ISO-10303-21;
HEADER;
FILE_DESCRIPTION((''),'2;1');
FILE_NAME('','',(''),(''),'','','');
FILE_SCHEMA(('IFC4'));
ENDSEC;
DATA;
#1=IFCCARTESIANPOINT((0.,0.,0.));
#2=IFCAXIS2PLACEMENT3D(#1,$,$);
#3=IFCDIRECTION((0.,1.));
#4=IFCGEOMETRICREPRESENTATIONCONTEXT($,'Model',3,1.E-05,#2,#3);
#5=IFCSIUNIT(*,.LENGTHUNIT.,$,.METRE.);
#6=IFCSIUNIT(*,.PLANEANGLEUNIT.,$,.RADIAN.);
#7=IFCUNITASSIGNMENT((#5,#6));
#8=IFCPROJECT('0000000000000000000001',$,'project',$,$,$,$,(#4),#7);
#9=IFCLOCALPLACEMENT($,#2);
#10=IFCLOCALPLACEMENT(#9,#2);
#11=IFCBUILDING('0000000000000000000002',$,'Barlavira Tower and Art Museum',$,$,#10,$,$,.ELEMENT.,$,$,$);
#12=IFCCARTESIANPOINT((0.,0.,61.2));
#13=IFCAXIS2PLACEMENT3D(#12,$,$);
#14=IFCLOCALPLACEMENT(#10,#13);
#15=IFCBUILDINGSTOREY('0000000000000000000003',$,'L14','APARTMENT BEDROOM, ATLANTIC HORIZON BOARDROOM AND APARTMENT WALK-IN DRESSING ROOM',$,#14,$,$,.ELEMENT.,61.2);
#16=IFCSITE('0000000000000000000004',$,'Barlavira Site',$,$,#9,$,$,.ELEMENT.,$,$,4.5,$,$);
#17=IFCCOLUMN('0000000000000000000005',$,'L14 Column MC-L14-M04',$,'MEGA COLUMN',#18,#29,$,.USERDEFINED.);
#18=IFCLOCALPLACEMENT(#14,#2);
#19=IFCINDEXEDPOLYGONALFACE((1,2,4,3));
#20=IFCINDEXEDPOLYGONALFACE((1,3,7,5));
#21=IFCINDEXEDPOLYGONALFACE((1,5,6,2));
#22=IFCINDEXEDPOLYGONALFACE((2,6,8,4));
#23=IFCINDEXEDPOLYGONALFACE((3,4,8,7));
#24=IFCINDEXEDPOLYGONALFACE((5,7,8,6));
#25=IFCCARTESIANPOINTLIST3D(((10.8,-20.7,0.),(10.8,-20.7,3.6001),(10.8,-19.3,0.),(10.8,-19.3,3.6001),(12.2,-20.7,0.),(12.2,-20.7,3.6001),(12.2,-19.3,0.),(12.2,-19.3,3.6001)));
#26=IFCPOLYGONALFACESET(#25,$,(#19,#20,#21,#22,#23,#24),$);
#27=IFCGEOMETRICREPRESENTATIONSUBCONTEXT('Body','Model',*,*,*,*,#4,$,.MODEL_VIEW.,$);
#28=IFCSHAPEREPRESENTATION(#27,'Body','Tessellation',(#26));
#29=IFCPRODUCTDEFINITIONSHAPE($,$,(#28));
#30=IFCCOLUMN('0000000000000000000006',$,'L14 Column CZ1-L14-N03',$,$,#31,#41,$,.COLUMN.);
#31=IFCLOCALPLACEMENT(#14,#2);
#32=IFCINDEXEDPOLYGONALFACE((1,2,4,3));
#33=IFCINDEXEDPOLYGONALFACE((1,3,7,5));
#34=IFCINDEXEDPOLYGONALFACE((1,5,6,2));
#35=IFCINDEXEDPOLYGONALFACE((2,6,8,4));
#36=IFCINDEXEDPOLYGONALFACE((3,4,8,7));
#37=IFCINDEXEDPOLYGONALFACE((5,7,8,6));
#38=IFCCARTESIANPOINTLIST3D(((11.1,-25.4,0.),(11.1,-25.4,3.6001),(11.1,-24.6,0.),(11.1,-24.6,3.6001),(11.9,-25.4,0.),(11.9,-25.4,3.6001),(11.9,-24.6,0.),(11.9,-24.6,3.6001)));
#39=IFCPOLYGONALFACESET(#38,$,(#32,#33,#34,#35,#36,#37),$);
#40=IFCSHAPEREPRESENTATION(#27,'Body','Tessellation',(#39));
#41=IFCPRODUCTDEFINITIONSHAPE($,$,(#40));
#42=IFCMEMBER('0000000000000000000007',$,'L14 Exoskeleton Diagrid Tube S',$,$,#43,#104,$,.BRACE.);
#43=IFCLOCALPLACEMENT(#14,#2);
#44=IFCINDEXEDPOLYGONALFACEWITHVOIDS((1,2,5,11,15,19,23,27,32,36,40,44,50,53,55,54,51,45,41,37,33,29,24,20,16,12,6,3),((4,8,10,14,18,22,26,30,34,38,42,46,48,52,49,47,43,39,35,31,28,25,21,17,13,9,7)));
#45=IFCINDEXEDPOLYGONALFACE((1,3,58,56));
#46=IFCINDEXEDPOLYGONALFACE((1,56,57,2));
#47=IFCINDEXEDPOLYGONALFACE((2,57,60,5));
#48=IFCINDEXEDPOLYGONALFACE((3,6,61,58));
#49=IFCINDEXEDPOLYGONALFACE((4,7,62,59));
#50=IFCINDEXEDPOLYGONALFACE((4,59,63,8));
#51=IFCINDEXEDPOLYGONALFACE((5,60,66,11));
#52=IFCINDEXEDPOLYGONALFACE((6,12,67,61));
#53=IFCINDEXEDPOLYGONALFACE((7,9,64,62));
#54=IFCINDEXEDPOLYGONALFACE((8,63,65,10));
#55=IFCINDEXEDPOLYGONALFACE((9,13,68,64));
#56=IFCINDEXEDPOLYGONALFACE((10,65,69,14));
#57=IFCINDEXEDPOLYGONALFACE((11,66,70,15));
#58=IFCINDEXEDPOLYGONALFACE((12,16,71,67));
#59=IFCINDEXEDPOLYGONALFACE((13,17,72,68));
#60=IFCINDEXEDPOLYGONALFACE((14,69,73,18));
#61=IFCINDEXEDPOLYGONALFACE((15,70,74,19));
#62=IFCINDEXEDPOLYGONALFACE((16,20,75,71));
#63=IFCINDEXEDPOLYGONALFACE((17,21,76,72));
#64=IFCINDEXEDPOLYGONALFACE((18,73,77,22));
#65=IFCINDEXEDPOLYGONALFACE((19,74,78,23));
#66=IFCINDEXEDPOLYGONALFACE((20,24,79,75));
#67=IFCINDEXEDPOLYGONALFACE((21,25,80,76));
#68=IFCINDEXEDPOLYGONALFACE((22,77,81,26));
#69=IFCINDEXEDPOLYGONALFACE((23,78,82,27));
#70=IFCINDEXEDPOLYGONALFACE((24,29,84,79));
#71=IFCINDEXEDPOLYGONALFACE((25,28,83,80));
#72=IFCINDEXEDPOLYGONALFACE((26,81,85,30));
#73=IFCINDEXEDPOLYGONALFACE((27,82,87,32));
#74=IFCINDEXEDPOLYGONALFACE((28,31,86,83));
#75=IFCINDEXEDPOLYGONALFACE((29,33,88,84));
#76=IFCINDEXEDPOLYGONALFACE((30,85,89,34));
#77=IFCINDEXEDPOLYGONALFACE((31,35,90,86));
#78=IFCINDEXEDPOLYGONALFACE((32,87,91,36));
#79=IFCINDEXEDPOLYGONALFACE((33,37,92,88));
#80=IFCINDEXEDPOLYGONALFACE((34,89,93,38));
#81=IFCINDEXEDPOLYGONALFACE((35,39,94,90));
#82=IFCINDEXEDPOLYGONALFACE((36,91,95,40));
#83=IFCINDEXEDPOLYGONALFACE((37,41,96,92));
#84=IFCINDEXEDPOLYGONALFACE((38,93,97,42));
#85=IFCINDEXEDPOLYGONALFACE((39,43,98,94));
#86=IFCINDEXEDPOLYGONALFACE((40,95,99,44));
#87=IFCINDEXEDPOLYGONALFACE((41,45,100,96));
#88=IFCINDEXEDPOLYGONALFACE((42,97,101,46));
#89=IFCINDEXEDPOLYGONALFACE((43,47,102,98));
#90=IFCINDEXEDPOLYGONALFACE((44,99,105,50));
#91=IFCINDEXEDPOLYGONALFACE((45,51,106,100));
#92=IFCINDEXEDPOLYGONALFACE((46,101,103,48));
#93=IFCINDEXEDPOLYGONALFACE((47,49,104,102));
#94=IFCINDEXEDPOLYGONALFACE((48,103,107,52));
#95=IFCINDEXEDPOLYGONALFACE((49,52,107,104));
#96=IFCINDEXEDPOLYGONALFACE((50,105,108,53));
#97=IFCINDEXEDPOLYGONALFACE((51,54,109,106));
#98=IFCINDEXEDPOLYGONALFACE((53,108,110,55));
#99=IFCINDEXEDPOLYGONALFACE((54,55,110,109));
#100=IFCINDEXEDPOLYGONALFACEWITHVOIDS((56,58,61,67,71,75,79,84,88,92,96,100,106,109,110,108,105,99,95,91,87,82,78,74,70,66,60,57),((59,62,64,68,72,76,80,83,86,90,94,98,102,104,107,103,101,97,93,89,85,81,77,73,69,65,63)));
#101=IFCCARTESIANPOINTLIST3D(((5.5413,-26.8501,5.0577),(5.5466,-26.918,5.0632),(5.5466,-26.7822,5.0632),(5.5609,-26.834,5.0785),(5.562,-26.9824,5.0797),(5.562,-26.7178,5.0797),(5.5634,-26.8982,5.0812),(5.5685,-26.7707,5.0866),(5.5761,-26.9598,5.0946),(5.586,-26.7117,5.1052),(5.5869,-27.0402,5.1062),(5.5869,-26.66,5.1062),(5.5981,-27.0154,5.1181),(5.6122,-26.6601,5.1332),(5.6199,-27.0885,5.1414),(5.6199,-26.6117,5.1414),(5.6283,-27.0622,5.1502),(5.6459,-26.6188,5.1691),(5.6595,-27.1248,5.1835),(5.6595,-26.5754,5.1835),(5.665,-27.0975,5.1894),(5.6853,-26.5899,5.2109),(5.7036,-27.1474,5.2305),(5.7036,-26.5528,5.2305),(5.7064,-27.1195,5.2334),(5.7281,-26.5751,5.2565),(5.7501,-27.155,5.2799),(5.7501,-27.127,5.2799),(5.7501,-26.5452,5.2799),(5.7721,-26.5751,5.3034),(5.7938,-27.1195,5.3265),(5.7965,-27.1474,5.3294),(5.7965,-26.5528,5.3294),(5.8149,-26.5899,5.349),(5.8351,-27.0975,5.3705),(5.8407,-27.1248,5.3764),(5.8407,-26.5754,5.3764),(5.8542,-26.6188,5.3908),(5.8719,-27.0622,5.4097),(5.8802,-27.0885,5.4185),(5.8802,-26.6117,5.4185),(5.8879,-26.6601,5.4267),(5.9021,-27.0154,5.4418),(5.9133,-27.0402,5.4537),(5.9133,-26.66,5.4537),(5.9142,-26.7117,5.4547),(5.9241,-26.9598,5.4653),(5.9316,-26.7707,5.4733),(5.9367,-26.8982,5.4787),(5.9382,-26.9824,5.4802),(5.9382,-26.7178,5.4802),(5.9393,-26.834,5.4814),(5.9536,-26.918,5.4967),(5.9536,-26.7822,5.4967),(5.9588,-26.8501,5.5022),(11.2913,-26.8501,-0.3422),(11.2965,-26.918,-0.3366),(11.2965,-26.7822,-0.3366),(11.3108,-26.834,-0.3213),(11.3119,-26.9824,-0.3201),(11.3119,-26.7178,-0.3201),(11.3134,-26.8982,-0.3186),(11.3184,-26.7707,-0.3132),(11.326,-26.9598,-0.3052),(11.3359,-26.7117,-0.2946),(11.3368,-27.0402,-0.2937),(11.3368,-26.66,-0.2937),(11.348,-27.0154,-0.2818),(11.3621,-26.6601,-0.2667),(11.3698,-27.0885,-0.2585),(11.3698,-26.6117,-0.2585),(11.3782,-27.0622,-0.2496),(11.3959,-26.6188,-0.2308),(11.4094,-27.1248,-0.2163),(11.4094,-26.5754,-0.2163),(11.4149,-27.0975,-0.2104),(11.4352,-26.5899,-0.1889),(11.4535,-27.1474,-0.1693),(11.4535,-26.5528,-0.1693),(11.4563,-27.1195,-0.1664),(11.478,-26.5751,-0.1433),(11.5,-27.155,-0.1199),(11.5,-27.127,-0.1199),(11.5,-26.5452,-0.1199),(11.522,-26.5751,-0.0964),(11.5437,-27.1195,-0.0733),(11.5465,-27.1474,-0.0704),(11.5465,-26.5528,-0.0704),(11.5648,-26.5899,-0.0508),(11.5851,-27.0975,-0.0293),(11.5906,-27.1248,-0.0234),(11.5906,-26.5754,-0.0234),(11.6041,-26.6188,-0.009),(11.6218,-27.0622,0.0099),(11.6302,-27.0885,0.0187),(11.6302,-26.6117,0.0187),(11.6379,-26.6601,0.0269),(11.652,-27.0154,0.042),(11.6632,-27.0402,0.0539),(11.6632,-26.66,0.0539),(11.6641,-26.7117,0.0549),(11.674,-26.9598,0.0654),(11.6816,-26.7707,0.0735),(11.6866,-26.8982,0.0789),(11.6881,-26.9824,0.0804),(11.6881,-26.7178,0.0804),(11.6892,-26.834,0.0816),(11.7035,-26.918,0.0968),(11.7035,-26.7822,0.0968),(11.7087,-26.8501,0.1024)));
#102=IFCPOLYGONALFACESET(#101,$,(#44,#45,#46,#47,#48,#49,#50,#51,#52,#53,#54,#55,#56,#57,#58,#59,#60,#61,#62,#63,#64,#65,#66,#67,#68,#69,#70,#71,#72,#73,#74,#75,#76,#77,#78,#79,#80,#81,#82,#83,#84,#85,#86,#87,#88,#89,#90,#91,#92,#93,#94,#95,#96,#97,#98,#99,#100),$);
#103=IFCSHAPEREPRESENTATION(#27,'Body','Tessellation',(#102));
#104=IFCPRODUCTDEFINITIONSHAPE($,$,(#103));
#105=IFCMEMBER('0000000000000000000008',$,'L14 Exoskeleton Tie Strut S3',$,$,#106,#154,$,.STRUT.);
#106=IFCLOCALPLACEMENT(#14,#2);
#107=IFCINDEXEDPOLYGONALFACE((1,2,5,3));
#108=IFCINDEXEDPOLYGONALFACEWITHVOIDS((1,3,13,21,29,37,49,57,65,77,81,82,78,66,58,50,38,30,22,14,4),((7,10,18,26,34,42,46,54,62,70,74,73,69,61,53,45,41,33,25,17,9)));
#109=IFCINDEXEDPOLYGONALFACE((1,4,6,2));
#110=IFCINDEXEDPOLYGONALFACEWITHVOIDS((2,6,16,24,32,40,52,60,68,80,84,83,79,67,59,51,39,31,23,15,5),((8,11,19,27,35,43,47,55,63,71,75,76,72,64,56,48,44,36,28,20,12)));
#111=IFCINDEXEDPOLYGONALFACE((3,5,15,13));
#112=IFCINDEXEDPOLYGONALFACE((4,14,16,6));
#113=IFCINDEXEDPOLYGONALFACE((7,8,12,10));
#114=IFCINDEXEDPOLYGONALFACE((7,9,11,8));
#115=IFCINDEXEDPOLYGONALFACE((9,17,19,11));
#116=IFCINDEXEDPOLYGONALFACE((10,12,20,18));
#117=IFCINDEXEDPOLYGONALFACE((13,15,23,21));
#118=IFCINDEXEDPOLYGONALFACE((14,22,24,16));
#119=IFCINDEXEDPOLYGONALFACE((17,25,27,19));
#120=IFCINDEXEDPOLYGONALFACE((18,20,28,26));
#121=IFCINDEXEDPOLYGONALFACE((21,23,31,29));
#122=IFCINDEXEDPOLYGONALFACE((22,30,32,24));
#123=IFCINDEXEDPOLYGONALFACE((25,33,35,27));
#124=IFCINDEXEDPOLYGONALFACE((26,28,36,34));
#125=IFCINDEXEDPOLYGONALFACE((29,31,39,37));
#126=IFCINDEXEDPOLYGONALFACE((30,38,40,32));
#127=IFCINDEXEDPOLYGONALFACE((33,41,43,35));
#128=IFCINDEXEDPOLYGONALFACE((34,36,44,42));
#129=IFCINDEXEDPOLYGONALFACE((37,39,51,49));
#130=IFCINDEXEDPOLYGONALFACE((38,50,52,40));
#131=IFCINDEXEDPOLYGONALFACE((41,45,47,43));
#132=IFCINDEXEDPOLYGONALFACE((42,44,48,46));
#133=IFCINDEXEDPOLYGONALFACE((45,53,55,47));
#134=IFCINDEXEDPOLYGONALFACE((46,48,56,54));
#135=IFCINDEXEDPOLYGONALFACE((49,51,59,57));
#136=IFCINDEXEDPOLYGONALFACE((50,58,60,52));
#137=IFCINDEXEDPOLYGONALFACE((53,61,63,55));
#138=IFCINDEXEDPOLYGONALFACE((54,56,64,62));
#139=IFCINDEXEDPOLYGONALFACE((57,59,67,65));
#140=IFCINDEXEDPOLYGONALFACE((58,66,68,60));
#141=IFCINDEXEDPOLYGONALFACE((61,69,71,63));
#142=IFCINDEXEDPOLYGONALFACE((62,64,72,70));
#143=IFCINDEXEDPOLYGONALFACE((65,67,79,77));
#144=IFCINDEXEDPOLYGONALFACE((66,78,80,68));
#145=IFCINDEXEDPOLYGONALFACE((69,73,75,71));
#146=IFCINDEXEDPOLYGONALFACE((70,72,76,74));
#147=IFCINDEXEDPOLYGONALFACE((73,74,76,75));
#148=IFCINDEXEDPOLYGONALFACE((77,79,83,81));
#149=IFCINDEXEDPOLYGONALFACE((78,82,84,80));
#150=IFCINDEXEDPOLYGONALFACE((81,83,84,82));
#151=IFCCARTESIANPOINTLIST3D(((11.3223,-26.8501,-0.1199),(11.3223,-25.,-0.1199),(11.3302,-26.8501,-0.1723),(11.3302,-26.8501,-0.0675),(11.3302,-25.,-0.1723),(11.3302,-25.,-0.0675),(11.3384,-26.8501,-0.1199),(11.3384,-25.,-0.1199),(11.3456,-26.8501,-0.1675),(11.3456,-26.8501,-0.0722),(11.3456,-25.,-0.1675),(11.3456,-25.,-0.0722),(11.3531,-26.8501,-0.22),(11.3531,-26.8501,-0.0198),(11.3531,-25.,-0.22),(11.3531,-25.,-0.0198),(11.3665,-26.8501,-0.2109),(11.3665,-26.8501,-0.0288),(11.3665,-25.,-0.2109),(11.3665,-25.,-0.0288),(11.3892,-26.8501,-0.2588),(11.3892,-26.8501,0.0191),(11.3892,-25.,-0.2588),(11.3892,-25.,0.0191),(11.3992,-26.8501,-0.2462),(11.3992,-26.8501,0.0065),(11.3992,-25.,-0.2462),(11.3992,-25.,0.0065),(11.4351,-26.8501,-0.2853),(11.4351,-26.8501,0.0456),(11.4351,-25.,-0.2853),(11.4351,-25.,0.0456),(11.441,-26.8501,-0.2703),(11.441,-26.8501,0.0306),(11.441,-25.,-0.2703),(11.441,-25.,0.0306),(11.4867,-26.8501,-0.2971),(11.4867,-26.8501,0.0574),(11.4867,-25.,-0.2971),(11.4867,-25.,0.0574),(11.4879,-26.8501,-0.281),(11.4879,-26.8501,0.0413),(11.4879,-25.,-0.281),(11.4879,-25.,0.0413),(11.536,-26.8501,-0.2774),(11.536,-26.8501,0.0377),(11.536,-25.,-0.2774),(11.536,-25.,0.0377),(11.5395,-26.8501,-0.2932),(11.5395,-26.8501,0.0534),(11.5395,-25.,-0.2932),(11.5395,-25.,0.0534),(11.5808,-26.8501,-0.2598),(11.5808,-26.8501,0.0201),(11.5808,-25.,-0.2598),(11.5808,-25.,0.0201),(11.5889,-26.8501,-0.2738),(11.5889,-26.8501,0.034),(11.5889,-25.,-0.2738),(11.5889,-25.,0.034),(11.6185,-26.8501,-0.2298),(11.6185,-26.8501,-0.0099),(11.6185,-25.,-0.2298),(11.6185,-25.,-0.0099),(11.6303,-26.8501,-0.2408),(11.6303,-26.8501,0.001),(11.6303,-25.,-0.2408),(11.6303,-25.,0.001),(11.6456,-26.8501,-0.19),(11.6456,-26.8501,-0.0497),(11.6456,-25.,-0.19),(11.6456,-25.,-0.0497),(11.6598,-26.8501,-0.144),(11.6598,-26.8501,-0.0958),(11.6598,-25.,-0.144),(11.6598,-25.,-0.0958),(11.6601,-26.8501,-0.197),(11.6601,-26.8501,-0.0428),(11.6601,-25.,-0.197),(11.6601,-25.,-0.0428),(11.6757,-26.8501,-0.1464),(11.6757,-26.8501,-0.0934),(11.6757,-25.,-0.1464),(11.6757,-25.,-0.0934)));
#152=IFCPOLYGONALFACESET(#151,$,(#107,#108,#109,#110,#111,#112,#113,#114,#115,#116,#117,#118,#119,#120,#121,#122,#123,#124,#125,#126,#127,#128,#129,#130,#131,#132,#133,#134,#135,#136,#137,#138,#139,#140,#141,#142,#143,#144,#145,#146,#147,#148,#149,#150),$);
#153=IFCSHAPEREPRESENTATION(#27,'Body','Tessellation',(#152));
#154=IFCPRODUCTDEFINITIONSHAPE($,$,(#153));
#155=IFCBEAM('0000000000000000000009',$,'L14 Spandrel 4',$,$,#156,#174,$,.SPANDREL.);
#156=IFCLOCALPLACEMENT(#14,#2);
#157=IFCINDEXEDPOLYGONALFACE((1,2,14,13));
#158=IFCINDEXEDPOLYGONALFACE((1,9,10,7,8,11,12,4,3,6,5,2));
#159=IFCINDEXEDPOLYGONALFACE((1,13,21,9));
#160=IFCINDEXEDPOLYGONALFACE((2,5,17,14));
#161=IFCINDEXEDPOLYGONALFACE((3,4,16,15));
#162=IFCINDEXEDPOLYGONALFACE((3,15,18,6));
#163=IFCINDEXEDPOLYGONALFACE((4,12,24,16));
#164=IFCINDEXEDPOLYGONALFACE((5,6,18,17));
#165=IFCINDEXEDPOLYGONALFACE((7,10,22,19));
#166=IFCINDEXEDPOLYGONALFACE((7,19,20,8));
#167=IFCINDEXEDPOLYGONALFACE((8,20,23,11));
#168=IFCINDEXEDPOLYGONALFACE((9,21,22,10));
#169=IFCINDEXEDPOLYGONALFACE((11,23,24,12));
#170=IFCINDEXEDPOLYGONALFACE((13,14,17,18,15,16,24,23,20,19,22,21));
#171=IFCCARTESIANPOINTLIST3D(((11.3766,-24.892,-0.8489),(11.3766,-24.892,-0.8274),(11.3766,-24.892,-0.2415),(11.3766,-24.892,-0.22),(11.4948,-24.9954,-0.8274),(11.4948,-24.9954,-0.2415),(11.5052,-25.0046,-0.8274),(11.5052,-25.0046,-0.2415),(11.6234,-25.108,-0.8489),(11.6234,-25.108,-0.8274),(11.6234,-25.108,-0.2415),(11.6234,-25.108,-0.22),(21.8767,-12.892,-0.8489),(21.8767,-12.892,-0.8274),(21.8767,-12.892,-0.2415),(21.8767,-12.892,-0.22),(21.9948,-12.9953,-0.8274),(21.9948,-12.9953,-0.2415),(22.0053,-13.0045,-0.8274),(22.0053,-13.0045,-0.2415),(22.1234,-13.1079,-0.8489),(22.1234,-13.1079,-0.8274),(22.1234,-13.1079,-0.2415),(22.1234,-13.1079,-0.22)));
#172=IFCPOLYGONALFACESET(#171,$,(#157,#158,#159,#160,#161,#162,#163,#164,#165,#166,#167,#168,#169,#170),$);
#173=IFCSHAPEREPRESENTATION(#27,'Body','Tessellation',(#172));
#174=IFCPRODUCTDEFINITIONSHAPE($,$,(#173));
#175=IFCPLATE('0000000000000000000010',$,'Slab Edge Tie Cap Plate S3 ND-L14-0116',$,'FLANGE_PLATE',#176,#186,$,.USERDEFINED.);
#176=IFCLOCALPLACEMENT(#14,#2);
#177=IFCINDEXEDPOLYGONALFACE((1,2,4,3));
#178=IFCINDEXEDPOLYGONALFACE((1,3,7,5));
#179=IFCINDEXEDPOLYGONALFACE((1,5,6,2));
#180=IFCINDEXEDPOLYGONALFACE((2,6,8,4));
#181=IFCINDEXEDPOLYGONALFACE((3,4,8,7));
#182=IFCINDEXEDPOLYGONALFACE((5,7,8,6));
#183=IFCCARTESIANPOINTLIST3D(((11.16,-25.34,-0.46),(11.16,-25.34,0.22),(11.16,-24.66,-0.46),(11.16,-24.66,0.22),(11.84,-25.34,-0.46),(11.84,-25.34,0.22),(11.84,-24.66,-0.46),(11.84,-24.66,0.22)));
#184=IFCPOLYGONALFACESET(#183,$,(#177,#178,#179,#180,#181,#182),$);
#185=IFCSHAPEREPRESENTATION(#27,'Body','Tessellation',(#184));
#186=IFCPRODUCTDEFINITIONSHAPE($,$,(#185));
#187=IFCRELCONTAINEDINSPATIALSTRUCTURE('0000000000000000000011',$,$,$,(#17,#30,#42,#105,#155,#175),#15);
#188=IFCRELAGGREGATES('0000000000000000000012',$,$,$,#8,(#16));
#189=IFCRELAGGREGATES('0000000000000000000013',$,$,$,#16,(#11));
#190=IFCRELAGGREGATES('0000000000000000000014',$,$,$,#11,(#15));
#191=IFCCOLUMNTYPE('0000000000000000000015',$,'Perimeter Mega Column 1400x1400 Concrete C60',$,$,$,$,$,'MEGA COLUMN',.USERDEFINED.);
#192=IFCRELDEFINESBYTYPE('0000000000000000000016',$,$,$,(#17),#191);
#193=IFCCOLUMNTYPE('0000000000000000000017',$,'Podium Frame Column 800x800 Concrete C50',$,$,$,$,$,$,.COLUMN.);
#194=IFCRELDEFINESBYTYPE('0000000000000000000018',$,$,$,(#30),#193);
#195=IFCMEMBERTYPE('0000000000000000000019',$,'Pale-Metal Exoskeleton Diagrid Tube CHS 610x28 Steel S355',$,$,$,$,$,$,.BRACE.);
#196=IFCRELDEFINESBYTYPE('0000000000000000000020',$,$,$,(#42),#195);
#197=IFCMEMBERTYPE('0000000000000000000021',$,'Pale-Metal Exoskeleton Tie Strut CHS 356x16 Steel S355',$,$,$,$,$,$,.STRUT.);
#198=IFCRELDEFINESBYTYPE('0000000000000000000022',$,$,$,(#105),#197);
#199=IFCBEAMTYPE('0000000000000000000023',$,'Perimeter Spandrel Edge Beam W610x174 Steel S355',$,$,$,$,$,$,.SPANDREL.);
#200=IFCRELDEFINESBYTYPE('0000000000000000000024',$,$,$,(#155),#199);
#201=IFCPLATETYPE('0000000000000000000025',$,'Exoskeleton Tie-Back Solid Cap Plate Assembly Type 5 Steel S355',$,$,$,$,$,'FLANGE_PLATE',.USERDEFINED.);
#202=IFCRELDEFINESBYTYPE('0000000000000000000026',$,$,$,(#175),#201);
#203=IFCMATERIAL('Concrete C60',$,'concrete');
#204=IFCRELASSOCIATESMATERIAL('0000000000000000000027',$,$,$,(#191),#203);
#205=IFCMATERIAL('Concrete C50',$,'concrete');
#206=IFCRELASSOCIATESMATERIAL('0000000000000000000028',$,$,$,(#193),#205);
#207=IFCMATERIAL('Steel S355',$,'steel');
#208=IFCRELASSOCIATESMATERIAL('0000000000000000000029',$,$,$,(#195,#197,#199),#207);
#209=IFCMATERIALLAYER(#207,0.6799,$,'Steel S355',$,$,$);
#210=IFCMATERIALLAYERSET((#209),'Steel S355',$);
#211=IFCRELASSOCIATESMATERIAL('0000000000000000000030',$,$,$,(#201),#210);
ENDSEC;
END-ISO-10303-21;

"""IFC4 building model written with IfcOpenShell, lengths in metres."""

from ifc_helpers import new_model, si_unit, direction, frame, origin, origin_2d, place, context, subcontext, project, spatial, rectangle, hollow_circle, i_section, extrude, material, layer, layer_set, material_profile, profile_set, type_object, element, save


model = new_model("IFC4")

# Units and contexts
model_context = context("Model", 3, precision=1e-05, world=origin(), true_north=direction((0.0, 1.0)))
body_context = subcontext(model_context, "Body", "Model", "MODEL_VIEW")
ifc_project = project(units=[si_unit("LENGTHUNIT", "METRE"), si_unit("PLANEANGLEUNIT", "RADIAN")], contexts=[model_context])

# Site, building, storey
site_placement = place(None, origin())
site = spatial("IfcSite", under=ifc_project, at=site_placement, Name="Barlavira Site", CompositionType="ELEMENT", RefElevation=4.5)
building_placement = place(site_placement, origin())
building = spatial("IfcBuilding", under=site, at=building_placement, Name="Barlavira Tower and Art Museum", CompositionType="ELEMENT")
storey_placement = place(building_placement, frame((0.0, 0.0, 61.2)))
storey = spatial("IfcBuildingStorey", under=building, at=storey_placement, Name="L14", Description="APARTMENT BEDROOM, ATLANTIC HORIZON BOARDROOM AND APARTMENT WALK-IN DRESSING ROOM", CompositionType="ELEMENT", Elevation=61.2)

# Columns
ifc_material_1 = material(Name="Concrete C60", Category="concrete")
ifc_material_profile_1 = material_profile(ifc_material_1, rectangle(XDim=1.3999, YDim=1.3999, at=origin_2d()), Name="RC-MCOL 1400x1400")
ifc_profile_set_1 = profile_set([ifc_material_profile_1], Name="Concrete C60")
column_type_1 = type_object("IfcColumnType", Name="Perimeter Mega Column 1400x1400 Concrete C60", ElementType="MEGA COLUMN", PredefinedType="USERDEFINED", material=ifc_profile_set_1)
column_1_placement = place(storey_placement, frame((11.5, -20.0, 0.0), z_axis=(0.0, 0.0, 1.0), x_axis=(1.0, 0.0, 0.0)))
element("IfcColumn", 1, at=column_1_placement, inside=storey, type_object=column_type_1, Name="L14 Column MC-L14-M04", ObjectType="MEGA COLUMN", PredefinedType="USERDEFINED", context=body_context, shape_type="SweptSolid", body=[
    extrude(rectangle(XDim=1.3999, YDim=1.3999, at=origin_2d()), origin(), (0.0, 0.0, 1.0), 3.6001),
])
ifc_material_2 = material(Name="Concrete C50", Category="concrete")
ifc_material_profile_2 = material_profile(ifc_material_2, rectangle(XDim=0.8, YDim=0.8, at=origin_2d()), Name="RC-COL 800x800")
ifc_profile_set_2 = profile_set([ifc_material_profile_2], Name="Concrete C50")
column_type_2 = type_object("IfcColumnType", Name="Podium Frame Column 800x800 Concrete C50", PredefinedType="COLUMN", material=ifc_profile_set_2)
column_2_placement = place(storey_placement, frame((11.5, -25.0, 0.0), z_axis=(0.0, 0.0, 1.0), x_axis=(1.0, 0.0, 0.0)))
element("IfcColumn", 2, at=column_2_placement, inside=storey, type_object=column_type_2, Name="L14 Column CZ1-L14-N03", PredefinedType="COLUMN", context=body_context, shape_type="SweptSolid", body=[
    extrude(rectangle(XDim=0.8, YDim=0.8, at=origin_2d()), origin(), (0.0, 0.0, 1.0), 3.6001),
])

# Members
ifc_material_3 = material(Name="Steel S355", Category="steel")
ifc_material_profile_3 = material_profile(ifc_material_3, hollow_circle(Radius=0.3049, WallThickness=0.0281, at=origin_2d()), Name="CHS 610.0x28.0")
ifc_profile_set_3 = profile_set([ifc_material_profile_3], Name="Steel S355")
member_type_1 = type_object("IfcMemberType", Name="Pale-Metal Exoskeleton Diagrid Tube CHS 610x28 Steel S355", PredefinedType="BRACE", material=ifc_profile_set_3)
member_1_placement = place(storey_placement, frame((11.5, -26.8501, -0.1199), z_axis=(-0.72895, 0.0, 0.684567), x_axis=(0.0, -1.0, 0.0)))
element("IfcMember", 3, at=member_1_placement, inside=storey, type_object=member_type_1, Name="L14 Exoskeleton Diagrid Tube S", PredefinedType="BRACE", context=body_context, shape_type="SweptSolid", body=[
    extrude(hollow_circle(Radius=0.3049, WallThickness=0.0281, at=origin_2d()), origin(), (0.0, 0.0, 1.0), 7.8879),
])
ifc_material_profile_4 = material_profile(ifc_material_3, hollow_circle(Radius=0.1777, WallThickness=0.0161, at=origin_2d()), Name="CHS 355.6x16.0")
ifc_profile_set_4 = profile_set([ifc_material_profile_4], Name="Steel S355")
member_type_2 = type_object("IfcMemberType", Name="Pale-Metal Exoskeleton Tie Strut CHS 356x16 Steel S355", PredefinedType="STRUT", material=ifc_profile_set_4)
member_2_placement = place(storey_placement, frame((11.5, -26.8501, -0.1199), z_axis=(0.0, 1.0, 0.0), x_axis=(-1.0, 0.0, 0.0)))
element("IfcMember", 4, at=member_2_placement, inside=storey, type_object=member_type_2, Name="L14 Exoskeleton Tie Strut S3", PredefinedType="STRUT", context=body_context, shape_type="SweptSolid", body=[
    extrude(hollow_circle(Radius=0.1777, WallThickness=0.0161, at=origin_2d()), origin(), (0.0, 0.0, 1.0), 1.8501),
])

# Beam
ifc_material_profile_5 = material_profile(ifc_material_3, i_section(OverallWidth=0.3279, OverallDepth=0.6289, WebThickness=0.0139, FlangeThickness=0.0215, at=origin_2d()), Name="W610x174.0")
ifc_profile_set_5 = profile_set([ifc_material_profile_5], Name="Steel S355")
beam_type = type_object("IfcBeamType", Name="Perimeter Spandrel Edge Beam W610x174 Steel S355", PredefinedType="SPANDREL", material=ifc_profile_set_5)
beam_placement = place(storey_placement, frame((11.5, -25.0, -0.5344), z_axis=(0.658505, 0.752577, 0.0), x_axis=(-0.752577, 0.658505, 0.0)))
element("IfcBeam", 5, at=beam_placement, inside=storey, type_object=beam_type, Name="L14 Spandrel 4", PredefinedType="SPANDREL", context=body_context, shape_type="SweptSolid", body=[
    extrude(i_section(OverallWidth=0.3279, OverallDepth=0.6289, WebThickness=0.0139, FlangeThickness=0.0215, at=origin_2d()), origin(), (0.0, 0.0, 1.0), 15.9453),
])

# Plate
ifc_layer_1 = layer(ifc_material_3, 0.6799, Name="Steel S355")
ifc_layer_set_1 = layer_set([ifc_layer_1], Name="Steel S355")
plate_type = type_object("IfcPlateType", Name="Exoskeleton Tie-Back Solid Cap Plate Assembly Type 5 Steel S355", ElementType="FLANGE_PLATE", PredefinedType="USERDEFINED", material=ifc_layer_set_1)
plate_placement = place(storey_placement, frame((11.5, -25.0, -0.46), z_axis=(0.0, 0.0, 1.0), x_axis=(1.0, 0.0, 0.0)))
element("IfcPlate", 6, at=plate_placement, inside=storey, type_object=plate_type, Name="Slab Edge Tie Cap Plate S3 ND-L14-0116", ObjectType="FLANGE_PLATE", PredefinedType="USERDEFINED", context=body_context, shape_type="SweptSolid", body=[
    extrude(rectangle(XDim=0.6799, YDim=0.6799, at=origin_2d()), origin(), (0.0, 0.0, 1.0), 0.6799),
])

save(model, "model.ifc")
